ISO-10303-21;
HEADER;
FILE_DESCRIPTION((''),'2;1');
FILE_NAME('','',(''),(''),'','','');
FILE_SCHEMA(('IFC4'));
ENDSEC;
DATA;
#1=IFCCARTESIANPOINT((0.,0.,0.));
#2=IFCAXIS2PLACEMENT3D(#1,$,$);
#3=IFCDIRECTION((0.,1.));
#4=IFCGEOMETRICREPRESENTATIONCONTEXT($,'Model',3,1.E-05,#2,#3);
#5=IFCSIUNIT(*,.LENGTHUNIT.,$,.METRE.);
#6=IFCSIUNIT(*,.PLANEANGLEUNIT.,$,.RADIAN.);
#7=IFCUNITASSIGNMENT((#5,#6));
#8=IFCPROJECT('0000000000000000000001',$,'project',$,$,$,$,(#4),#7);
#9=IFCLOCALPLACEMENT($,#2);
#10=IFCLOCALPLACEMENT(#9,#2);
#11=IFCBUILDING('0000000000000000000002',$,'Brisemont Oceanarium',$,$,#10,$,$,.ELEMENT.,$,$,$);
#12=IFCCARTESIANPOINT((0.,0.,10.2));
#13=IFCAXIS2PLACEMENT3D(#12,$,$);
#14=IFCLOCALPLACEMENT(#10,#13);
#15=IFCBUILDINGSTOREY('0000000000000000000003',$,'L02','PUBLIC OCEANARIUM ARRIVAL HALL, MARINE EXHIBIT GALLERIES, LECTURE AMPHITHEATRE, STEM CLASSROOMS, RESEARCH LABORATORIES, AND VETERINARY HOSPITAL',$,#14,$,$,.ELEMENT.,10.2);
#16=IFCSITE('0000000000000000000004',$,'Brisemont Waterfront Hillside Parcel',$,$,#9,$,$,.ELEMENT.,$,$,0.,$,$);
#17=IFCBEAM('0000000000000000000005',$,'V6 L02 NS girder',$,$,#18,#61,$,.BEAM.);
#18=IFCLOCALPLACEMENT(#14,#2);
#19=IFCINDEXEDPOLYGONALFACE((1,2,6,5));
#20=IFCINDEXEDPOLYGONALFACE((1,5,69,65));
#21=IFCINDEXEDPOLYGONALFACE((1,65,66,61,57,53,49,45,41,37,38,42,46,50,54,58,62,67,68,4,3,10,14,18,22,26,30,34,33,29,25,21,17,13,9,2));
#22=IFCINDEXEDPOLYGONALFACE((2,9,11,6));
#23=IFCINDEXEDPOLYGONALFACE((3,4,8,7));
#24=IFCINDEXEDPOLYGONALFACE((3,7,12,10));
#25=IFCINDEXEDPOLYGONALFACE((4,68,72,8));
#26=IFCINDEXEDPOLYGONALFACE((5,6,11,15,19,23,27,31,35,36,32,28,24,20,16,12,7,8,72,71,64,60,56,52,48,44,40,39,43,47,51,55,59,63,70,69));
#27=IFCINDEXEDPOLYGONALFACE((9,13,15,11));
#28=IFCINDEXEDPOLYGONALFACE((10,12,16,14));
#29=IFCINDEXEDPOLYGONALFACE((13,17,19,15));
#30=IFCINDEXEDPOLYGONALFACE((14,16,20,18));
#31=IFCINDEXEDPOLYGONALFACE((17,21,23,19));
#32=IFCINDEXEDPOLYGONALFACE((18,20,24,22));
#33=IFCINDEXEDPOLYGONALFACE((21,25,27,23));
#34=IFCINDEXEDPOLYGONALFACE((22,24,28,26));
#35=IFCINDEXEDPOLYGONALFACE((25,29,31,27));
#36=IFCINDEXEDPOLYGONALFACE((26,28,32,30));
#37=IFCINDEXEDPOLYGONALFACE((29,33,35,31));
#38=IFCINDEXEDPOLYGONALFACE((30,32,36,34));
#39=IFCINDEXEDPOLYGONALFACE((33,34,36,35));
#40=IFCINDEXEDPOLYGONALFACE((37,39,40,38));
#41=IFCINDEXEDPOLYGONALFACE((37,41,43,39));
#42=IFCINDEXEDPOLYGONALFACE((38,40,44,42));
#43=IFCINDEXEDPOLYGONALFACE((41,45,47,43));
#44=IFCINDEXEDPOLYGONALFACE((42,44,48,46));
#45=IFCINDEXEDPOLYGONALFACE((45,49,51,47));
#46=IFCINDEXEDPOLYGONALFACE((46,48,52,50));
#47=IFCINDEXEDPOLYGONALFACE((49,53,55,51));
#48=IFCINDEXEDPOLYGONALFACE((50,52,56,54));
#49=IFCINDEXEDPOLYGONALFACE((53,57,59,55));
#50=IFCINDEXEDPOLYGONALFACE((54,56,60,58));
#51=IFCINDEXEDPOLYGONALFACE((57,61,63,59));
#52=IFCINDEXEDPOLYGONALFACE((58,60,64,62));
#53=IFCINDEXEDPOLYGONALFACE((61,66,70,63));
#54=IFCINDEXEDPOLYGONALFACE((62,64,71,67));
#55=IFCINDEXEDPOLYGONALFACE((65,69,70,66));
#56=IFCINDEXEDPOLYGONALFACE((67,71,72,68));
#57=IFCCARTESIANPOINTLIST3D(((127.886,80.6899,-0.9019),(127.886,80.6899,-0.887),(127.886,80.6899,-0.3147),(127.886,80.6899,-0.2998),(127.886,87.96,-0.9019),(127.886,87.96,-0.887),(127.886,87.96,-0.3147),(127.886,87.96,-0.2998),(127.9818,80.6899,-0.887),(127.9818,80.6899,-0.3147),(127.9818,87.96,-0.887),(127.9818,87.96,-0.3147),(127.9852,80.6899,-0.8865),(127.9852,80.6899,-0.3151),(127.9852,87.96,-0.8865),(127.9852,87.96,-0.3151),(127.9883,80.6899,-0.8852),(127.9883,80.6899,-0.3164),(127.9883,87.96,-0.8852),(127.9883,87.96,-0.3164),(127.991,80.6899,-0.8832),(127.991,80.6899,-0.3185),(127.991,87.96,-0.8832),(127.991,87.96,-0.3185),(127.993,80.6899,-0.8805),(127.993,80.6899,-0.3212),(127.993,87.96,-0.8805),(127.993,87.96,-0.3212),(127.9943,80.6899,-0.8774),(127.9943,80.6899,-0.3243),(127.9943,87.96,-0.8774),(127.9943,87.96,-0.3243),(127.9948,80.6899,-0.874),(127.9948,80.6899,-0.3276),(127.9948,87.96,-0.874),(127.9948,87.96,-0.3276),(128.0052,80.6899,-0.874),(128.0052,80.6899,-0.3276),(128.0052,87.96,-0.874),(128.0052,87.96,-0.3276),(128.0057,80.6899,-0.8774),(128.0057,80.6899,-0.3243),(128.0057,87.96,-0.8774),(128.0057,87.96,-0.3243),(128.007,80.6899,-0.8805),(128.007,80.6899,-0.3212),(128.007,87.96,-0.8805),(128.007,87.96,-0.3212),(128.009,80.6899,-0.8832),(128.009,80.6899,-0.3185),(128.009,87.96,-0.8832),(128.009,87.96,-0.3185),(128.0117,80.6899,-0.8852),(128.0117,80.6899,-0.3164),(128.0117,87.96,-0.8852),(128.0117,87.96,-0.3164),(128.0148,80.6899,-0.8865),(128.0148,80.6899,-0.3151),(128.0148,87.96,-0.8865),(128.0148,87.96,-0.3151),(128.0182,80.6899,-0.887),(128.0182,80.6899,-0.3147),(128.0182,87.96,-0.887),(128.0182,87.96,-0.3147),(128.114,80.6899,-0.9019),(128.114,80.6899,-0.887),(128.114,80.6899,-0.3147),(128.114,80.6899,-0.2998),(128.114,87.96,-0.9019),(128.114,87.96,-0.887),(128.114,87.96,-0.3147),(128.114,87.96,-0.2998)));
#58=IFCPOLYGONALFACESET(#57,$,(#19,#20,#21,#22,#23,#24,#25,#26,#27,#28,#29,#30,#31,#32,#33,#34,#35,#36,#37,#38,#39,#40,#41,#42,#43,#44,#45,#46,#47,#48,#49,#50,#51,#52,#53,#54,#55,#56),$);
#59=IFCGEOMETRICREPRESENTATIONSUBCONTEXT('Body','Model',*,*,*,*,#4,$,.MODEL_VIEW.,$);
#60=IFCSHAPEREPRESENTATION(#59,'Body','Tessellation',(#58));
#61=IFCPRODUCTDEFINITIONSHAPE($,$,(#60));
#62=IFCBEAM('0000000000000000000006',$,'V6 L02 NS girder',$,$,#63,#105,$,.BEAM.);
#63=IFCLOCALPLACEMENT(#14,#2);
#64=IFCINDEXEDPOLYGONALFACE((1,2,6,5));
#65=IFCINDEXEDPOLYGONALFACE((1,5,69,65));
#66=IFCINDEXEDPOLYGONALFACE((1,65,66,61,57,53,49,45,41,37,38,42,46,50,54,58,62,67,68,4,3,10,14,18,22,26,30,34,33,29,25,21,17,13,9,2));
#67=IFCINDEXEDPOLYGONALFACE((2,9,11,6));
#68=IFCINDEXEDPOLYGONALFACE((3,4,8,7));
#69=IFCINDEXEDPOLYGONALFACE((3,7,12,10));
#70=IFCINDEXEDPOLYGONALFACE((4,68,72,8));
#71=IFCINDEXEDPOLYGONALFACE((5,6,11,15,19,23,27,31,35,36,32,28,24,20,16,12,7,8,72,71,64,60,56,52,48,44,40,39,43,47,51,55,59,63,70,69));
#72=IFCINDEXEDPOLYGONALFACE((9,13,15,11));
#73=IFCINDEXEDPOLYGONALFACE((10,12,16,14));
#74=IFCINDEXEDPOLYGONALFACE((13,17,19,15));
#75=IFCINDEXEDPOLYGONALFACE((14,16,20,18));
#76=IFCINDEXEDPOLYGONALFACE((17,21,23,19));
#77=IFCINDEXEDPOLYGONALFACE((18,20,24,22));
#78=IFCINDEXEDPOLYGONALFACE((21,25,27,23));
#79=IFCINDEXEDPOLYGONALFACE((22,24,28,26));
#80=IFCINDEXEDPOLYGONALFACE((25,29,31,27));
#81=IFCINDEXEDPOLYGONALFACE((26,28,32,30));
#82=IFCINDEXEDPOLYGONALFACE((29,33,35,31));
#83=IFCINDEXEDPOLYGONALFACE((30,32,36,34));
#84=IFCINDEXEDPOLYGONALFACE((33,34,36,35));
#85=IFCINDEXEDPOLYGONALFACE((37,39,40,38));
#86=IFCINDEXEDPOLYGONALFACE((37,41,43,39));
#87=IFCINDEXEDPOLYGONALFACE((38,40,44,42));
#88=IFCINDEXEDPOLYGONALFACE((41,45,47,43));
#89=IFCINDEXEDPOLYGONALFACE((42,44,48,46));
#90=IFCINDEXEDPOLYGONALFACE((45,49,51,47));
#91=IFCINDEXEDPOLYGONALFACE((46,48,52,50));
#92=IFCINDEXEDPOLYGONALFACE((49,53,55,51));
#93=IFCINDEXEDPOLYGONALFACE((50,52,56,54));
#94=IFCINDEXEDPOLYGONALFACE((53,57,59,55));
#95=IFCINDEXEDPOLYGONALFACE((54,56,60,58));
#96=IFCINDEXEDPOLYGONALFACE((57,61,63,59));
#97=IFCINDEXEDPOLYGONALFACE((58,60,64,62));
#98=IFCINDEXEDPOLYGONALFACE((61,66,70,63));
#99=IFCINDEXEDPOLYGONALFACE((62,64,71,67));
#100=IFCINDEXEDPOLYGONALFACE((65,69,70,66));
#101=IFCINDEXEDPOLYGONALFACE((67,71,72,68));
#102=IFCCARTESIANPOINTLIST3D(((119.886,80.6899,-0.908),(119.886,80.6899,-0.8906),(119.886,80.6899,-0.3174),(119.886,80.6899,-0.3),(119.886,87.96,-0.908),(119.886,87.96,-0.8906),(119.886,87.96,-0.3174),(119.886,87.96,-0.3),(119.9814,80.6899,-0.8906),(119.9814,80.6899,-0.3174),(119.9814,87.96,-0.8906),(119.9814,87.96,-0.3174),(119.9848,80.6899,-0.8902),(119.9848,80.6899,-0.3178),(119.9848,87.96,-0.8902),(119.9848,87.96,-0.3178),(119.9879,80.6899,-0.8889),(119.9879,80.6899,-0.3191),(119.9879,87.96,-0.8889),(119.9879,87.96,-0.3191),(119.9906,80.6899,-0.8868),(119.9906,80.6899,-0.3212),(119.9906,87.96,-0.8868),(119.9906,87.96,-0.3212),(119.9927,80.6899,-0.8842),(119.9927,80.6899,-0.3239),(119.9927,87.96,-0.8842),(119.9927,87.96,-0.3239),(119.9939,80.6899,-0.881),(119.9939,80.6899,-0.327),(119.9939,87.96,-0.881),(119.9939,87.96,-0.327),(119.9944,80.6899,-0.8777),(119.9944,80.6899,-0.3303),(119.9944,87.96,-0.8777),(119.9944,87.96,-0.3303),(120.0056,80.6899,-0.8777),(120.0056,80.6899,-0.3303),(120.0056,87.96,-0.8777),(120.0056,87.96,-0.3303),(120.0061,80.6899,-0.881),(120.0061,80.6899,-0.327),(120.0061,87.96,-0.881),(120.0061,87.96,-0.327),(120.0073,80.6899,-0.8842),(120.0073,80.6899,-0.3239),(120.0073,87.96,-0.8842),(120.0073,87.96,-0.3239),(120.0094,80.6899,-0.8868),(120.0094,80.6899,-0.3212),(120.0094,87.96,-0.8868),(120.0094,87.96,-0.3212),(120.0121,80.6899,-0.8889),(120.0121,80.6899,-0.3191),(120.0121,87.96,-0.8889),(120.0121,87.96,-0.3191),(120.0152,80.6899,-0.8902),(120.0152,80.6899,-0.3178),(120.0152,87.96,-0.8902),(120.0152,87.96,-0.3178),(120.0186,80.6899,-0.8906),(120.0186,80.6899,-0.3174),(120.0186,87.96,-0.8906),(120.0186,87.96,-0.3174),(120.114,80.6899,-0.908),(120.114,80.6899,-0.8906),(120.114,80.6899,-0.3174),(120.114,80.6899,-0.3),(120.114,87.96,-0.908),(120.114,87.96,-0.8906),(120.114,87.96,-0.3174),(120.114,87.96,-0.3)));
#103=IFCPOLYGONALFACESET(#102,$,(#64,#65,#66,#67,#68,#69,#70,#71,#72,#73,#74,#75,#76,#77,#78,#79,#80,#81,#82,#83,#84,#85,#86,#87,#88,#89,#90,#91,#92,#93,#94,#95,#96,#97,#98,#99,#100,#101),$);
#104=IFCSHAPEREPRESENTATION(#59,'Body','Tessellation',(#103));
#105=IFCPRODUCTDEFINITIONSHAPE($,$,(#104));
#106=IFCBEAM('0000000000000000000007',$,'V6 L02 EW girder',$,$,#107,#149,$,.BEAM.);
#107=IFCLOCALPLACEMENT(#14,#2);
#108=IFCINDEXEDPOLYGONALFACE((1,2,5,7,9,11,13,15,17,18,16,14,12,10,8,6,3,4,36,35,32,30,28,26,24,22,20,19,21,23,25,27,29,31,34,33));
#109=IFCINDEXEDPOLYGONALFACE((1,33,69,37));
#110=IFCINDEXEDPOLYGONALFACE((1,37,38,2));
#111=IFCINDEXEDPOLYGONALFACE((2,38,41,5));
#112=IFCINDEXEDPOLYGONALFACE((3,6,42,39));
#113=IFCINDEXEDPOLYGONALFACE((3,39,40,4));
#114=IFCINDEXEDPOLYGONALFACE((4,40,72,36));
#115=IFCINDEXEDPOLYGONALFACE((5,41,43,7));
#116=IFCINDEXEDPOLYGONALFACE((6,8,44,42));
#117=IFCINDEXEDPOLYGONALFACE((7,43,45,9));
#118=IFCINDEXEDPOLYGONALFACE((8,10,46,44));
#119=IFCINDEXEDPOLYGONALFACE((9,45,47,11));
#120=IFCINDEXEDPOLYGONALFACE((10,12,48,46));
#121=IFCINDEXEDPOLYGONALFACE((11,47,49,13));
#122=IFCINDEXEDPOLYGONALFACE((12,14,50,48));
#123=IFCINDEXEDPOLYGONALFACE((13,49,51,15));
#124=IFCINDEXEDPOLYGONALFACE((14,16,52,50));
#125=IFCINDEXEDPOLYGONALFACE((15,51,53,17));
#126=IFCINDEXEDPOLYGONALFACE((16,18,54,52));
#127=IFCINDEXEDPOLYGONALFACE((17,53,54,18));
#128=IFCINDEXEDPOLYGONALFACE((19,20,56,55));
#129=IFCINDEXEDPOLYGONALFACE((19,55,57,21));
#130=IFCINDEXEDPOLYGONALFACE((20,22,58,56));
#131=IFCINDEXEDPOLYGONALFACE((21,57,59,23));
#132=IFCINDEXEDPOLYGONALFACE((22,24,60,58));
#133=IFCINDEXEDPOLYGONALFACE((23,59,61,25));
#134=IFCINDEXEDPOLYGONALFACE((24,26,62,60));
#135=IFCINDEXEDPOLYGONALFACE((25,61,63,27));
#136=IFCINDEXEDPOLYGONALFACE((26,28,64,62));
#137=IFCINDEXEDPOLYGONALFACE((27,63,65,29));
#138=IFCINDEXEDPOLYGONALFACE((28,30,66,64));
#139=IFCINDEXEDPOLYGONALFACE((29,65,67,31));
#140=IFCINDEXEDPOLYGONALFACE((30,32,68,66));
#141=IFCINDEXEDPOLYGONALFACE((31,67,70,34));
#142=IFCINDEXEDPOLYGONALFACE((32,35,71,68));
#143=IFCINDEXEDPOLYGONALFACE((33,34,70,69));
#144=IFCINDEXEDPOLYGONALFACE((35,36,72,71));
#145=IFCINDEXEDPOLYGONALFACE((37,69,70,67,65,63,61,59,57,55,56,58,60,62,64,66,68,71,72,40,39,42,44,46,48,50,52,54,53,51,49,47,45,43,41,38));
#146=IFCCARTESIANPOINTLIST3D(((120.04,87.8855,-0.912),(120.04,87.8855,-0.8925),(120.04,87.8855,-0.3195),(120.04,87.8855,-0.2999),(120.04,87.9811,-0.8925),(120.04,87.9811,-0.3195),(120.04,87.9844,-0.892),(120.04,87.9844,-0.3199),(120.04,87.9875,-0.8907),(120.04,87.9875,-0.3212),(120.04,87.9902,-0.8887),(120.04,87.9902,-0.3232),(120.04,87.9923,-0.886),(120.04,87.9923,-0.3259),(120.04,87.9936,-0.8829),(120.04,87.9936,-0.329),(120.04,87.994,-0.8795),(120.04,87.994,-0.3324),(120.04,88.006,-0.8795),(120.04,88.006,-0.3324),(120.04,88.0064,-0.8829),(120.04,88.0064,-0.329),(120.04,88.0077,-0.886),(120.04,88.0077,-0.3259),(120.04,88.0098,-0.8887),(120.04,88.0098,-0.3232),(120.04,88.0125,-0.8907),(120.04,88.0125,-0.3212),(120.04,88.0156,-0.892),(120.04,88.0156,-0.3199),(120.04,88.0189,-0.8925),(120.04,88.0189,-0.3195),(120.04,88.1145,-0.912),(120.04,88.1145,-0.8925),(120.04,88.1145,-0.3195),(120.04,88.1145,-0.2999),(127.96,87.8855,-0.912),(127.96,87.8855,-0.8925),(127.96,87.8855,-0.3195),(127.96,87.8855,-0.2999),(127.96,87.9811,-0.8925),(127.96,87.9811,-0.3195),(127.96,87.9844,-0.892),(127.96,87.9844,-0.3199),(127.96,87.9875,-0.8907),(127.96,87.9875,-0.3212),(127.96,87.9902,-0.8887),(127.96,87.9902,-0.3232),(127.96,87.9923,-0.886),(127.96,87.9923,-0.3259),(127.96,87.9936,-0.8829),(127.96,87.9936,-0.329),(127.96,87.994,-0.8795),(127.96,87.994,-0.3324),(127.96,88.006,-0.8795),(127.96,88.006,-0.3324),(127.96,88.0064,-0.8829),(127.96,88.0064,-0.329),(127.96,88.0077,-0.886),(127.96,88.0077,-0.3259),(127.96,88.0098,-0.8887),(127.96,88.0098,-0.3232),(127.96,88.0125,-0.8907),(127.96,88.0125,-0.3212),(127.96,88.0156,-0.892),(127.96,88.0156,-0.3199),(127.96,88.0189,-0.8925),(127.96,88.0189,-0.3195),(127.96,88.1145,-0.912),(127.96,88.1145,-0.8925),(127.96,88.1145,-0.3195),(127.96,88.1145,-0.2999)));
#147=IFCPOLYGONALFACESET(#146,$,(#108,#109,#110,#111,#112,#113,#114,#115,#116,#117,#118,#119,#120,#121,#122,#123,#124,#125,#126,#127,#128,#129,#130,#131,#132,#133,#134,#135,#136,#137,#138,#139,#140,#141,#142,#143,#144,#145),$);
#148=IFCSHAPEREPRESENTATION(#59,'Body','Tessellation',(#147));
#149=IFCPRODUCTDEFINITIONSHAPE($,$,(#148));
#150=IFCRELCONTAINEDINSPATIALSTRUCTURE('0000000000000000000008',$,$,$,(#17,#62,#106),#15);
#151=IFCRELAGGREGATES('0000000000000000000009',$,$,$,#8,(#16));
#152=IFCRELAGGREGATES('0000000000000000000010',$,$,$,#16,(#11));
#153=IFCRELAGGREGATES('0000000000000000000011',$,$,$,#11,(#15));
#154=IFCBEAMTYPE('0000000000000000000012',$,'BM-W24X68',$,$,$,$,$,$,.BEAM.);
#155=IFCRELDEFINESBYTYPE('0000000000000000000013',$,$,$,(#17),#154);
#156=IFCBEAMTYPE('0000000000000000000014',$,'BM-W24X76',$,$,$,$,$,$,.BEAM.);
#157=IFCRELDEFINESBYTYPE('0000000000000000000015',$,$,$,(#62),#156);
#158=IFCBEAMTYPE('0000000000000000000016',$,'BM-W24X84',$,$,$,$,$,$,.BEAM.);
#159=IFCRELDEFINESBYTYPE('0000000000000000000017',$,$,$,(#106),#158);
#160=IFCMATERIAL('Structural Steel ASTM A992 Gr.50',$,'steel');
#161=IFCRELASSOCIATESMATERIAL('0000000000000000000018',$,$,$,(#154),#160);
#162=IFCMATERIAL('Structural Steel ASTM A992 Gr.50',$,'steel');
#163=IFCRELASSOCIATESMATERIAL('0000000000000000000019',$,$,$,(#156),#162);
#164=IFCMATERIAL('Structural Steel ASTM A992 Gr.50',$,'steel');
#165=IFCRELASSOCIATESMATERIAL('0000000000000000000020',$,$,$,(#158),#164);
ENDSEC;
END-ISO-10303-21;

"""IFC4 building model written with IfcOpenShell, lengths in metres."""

from ifc_helpers import new_model, si_unit, direction, frame, origin, origin_2d, place, context, subcontext, project, spatial, i_section, extrude, material, material_profile, profile_set, type_object, element, save


model = new_model("IFC4")

# Units and contexts
model_context = context("Model", 3, precision=1e-05, world=origin(), true_north=direction((0.0, 1.0)))
body_context = subcontext(model_context, "Body", "Model", "MODEL_VIEW")
ifc_project = project(units=[si_unit("LENGTHUNIT", "METRE"), si_unit("PLANEANGLEUNIT", "RADIAN")], contexts=[model_context])

# Site, building, storey
site_placement = place(None, origin())
site = spatial("IfcSite", under=ifc_project, at=site_placement, Name="Brisemont Waterfront Hillside Parcel", CompositionType="ELEMENT", RefElevation=0.0)
building_placement = place(site_placement, origin())
building = spatial("IfcBuilding", under=site, at=building_placement, Name="Brisemont Oceanarium", CompositionType="ELEMENT")
storey_placement = place(building_placement, frame((0.0, 0.0, 10.2)))
storey = spatial("IfcBuildingStorey", under=building, at=storey_placement, Name="L02", Description="PUBLIC OCEANARIUM ARRIVAL HALL, MARINE EXHIBIT GALLERIES, LECTURE AMPHITHEATRE, STEM CLASSROOMS, RESEARCH LABORATORIES, AND VETERINARY HOSPITAL", CompositionType="ELEMENT", Elevation=10.2)

# Beams
ifc_material_1 = material(Name="Structural Steel ASTM A992 Gr.50", Category="steel")
ifc_material_profile_1 = material_profile(ifc_material_1, i_section(OverallWidth=0.228, OverallDepth=0.6021, WebThickness=0.0105, FlangeThickness=0.0149, FilletRadius=0.0129, at=origin_2d()), Name="W24X68")
ifc_profile_set_1 = profile_set([ifc_material_profile_1], Name="Structural Steel ASTM A992 Gr.50")
beam_type_1 = type_object("IfcBeamType", Name="BM-W24X68", PredefinedType="BEAM", material=ifc_profile_set_1)
beam_1_placement = place(storey_placement, frame((128.0, 80.6899, -0.6008), z_axis=(0.0, 1.0, 0.0), x_axis=(-1.0, 0.0, 0.0)))
element("IfcBeam", 1, at=beam_1_placement, inside=storey, type_object=beam_type_1, Name="V6 L02 NS girder", PredefinedType="BEAM", context=body_context, shape_type="SweptSolid", body=[
    extrude(i_section(OverallWidth=0.228, OverallDepth=0.6021, WebThickness=0.0105, FlangeThickness=0.0149, FilletRadius=0.0129, at=origin_2d()), origin(), (0.0, 0.0, 1.0), 7.27),
])
ifc_material_2 = material(Name="Structural Steel ASTM A992 Gr.50", Category="steel")
ifc_material_profile_2 = material_profile(ifc_material_2, i_section(OverallWidth=0.228, OverallDepth=0.6079, WebThickness=0.0112, FlangeThickness=0.0173, FilletRadius=0.0129, at=origin_2d()), Name="W24X76")
ifc_profile_set_2 = profile_set([ifc_material_profile_2], Name="Structural Steel ASTM A992 Gr.50")
beam_type_2 = type_object("IfcBeamType", Name="BM-W24X76", PredefinedType="BEAM", material=ifc_profile_set_2)
beam_2_placement = place(storey_placement, frame((120.0, 80.6899, -0.604), z_axis=(0.0, 1.0, 0.0), x_axis=(-1.0, 0.0, 0.0)))
element("IfcBeam", 2, at=beam_2_placement, inside=storey, type_object=beam_type_2, Name="V6 L02 NS girder", PredefinedType="BEAM", context=body_context, shape_type="SweptSolid", body=[
    extrude(i_section(OverallWidth=0.228, OverallDepth=0.6079, WebThickness=0.0112, FlangeThickness=0.0173, FilletRadius=0.0129, at=origin_2d()), origin(), (0.0, 0.0, 1.0), 7.27),
])
ifc_material_3 = material(Name="Structural Steel ASTM A992 Gr.50", Category="steel")
ifc_material_profile_3 = material_profile(ifc_material_3, i_section(OverallWidth=0.229, OverallDepth=0.6121, WebThickness=0.012, FlangeThickness=0.0195, FilletRadius=0.0129, at=origin_2d()), Name="W24X84")
ifc_profile_set_3 = profile_set([ifc_material_profile_3], Name="Structural Steel ASTM A992 Gr.50")
beam_type_3 = type_object("IfcBeamType", Name="BM-W24X84", PredefinedType="BEAM", material=ifc_profile_set_3)
beam_3_placement = place(storey_placement, frame((120.04, 88.0, -0.606), z_axis=(1.0, 0.0, 0.0), x_axis=(0.0, 1.0, 0.0)))
element("IfcBeam", 3, at=beam_3_placement, inside=storey, type_object=beam_type_3, Name="V6 L02 EW girder", PredefinedType="BEAM", context=body_context, shape_type="SweptSolid", body=[
    extrude(i_section(OverallWidth=0.229, OverallDepth=0.6121, WebThickness=0.012, FlangeThickness=0.0195, FilletRadius=0.0129, at=origin_2d()), origin(), (0.0, 0.0, 1.0), 7.9199),
])

save(model, "model.ifc")
